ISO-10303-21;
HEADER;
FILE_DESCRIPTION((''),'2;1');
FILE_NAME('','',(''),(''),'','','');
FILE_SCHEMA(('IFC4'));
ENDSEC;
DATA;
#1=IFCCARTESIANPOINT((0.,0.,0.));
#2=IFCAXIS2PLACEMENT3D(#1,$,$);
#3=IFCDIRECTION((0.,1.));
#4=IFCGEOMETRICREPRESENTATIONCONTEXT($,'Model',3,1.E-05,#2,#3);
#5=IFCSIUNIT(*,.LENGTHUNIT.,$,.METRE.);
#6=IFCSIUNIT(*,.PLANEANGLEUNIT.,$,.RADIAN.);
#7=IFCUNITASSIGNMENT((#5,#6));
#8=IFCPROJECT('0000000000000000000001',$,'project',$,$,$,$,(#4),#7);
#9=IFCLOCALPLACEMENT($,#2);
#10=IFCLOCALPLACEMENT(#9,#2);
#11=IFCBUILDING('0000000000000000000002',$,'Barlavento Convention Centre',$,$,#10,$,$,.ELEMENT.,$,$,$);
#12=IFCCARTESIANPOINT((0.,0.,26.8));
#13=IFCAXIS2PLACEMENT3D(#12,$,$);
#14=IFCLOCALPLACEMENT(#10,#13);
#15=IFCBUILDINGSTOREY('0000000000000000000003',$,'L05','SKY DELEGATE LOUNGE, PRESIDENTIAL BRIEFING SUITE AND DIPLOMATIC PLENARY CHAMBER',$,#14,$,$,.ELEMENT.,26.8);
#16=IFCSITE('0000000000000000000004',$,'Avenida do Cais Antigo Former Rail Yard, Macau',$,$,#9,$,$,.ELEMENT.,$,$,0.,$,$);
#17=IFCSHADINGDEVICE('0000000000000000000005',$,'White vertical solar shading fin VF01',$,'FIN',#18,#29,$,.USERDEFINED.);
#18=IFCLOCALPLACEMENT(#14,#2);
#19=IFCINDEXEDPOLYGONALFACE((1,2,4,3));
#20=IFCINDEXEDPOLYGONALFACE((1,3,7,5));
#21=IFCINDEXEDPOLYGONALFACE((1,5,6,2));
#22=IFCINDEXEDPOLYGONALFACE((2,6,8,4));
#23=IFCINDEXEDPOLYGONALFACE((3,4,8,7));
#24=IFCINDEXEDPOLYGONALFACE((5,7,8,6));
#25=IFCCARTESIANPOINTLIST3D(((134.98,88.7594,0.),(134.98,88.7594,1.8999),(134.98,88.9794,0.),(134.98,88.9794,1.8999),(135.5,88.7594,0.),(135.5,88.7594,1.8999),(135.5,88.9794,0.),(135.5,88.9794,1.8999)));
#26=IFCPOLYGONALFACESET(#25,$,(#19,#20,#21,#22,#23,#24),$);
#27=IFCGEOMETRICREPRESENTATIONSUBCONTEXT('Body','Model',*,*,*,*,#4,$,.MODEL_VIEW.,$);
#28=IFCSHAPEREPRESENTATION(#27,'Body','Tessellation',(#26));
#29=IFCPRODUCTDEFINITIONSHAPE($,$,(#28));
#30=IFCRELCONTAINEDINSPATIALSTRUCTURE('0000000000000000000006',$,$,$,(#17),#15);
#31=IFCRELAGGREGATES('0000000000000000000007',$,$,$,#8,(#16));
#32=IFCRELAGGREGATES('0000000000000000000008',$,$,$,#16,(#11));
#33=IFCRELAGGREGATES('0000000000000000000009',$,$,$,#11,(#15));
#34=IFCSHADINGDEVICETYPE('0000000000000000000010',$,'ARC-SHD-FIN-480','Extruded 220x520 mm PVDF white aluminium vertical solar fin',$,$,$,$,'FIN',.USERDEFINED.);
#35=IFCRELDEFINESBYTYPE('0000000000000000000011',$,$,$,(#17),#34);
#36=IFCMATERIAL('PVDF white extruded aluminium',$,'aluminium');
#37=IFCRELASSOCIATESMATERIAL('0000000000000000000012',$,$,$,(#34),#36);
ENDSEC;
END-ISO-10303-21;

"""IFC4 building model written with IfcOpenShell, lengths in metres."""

from ifc_helpers import new_model, si_unit, direction, frame, origin, origin_2d, place, context, subcontext, project, spatial, rectangle, extrude, material, type_object, element, save


model = new_model("IFC4")

# Units and contexts
model_context = context("Model", 3, precision=1e-05, world=origin(), true_north=direction((0.0, 1.0)))
body_context = subcontext(model_context, "Body", "Model", "MODEL_VIEW")
ifc_project = project(units=[si_unit("LENGTHUNIT", "METRE"), si_unit("PLANEANGLEUNIT", "RADIAN")], contexts=[model_context])

# Site, building, storey
site_placement = place(None, origin())
site = spatial("IfcSite", under=ifc_project, at=site_placement, Name="Avenida do Cais Antigo Former Rail Yard, Macau", CompositionType="ELEMENT", RefElevation=0.0)
building_placement = place(site_placement, origin())
building = spatial("IfcBuilding", under=site, at=building_placement, Name="Barlavento Convention Centre", CompositionType="ELEMENT")
storey_placement = place(building_placement, frame((0.0, 0.0, 26.8)))
storey = spatial("IfcBuildingStorey", under=building, at=storey_placement, Name="L05", Description="SKY DELEGATE LOUNGE, PRESIDENTIAL BRIEFING SUITE AND DIPLOMATIC PLENARY CHAMBER", CompositionType="ELEMENT", Elevation=26.8)

# Shading device
ifc_material = material(Name="PVDF white extruded aluminium", Category="aluminium")
shading_device_type = type_object("IfcShadingDeviceType", Name="ARC-SHD-FIN-480", Description="Extruded 220x520 mm PVDF white aluminium vertical solar fin", ElementType="FIN", PredefinedType="USERDEFINED", material=ifc_material)
for number, where, z_axis, x_axis, name in (
    (1, (135.24, 88.8694, 0.0), (0.0, 0.0, 1.0), (0.0, 1.0, 0.0), "White vertical solar shading fin VF01"),
):
    element("IfcShadingDevice", number, at=place(storey_placement, frame(where, z_axis=z_axis, x_axis=x_axis)), inside=storey, type_object=shading_device_type, Name=name, ObjectType="FIN", PredefinedType="USERDEFINED", context=body_context, shape_type="SweptSolid", body=[
        extrude(rectangle(XDim=0.22, YDim=0.52, at=origin_2d()), origin(), (0.0, 0.0, 1.0), 1.8999),
    ])

save(model, "model.ifc")
